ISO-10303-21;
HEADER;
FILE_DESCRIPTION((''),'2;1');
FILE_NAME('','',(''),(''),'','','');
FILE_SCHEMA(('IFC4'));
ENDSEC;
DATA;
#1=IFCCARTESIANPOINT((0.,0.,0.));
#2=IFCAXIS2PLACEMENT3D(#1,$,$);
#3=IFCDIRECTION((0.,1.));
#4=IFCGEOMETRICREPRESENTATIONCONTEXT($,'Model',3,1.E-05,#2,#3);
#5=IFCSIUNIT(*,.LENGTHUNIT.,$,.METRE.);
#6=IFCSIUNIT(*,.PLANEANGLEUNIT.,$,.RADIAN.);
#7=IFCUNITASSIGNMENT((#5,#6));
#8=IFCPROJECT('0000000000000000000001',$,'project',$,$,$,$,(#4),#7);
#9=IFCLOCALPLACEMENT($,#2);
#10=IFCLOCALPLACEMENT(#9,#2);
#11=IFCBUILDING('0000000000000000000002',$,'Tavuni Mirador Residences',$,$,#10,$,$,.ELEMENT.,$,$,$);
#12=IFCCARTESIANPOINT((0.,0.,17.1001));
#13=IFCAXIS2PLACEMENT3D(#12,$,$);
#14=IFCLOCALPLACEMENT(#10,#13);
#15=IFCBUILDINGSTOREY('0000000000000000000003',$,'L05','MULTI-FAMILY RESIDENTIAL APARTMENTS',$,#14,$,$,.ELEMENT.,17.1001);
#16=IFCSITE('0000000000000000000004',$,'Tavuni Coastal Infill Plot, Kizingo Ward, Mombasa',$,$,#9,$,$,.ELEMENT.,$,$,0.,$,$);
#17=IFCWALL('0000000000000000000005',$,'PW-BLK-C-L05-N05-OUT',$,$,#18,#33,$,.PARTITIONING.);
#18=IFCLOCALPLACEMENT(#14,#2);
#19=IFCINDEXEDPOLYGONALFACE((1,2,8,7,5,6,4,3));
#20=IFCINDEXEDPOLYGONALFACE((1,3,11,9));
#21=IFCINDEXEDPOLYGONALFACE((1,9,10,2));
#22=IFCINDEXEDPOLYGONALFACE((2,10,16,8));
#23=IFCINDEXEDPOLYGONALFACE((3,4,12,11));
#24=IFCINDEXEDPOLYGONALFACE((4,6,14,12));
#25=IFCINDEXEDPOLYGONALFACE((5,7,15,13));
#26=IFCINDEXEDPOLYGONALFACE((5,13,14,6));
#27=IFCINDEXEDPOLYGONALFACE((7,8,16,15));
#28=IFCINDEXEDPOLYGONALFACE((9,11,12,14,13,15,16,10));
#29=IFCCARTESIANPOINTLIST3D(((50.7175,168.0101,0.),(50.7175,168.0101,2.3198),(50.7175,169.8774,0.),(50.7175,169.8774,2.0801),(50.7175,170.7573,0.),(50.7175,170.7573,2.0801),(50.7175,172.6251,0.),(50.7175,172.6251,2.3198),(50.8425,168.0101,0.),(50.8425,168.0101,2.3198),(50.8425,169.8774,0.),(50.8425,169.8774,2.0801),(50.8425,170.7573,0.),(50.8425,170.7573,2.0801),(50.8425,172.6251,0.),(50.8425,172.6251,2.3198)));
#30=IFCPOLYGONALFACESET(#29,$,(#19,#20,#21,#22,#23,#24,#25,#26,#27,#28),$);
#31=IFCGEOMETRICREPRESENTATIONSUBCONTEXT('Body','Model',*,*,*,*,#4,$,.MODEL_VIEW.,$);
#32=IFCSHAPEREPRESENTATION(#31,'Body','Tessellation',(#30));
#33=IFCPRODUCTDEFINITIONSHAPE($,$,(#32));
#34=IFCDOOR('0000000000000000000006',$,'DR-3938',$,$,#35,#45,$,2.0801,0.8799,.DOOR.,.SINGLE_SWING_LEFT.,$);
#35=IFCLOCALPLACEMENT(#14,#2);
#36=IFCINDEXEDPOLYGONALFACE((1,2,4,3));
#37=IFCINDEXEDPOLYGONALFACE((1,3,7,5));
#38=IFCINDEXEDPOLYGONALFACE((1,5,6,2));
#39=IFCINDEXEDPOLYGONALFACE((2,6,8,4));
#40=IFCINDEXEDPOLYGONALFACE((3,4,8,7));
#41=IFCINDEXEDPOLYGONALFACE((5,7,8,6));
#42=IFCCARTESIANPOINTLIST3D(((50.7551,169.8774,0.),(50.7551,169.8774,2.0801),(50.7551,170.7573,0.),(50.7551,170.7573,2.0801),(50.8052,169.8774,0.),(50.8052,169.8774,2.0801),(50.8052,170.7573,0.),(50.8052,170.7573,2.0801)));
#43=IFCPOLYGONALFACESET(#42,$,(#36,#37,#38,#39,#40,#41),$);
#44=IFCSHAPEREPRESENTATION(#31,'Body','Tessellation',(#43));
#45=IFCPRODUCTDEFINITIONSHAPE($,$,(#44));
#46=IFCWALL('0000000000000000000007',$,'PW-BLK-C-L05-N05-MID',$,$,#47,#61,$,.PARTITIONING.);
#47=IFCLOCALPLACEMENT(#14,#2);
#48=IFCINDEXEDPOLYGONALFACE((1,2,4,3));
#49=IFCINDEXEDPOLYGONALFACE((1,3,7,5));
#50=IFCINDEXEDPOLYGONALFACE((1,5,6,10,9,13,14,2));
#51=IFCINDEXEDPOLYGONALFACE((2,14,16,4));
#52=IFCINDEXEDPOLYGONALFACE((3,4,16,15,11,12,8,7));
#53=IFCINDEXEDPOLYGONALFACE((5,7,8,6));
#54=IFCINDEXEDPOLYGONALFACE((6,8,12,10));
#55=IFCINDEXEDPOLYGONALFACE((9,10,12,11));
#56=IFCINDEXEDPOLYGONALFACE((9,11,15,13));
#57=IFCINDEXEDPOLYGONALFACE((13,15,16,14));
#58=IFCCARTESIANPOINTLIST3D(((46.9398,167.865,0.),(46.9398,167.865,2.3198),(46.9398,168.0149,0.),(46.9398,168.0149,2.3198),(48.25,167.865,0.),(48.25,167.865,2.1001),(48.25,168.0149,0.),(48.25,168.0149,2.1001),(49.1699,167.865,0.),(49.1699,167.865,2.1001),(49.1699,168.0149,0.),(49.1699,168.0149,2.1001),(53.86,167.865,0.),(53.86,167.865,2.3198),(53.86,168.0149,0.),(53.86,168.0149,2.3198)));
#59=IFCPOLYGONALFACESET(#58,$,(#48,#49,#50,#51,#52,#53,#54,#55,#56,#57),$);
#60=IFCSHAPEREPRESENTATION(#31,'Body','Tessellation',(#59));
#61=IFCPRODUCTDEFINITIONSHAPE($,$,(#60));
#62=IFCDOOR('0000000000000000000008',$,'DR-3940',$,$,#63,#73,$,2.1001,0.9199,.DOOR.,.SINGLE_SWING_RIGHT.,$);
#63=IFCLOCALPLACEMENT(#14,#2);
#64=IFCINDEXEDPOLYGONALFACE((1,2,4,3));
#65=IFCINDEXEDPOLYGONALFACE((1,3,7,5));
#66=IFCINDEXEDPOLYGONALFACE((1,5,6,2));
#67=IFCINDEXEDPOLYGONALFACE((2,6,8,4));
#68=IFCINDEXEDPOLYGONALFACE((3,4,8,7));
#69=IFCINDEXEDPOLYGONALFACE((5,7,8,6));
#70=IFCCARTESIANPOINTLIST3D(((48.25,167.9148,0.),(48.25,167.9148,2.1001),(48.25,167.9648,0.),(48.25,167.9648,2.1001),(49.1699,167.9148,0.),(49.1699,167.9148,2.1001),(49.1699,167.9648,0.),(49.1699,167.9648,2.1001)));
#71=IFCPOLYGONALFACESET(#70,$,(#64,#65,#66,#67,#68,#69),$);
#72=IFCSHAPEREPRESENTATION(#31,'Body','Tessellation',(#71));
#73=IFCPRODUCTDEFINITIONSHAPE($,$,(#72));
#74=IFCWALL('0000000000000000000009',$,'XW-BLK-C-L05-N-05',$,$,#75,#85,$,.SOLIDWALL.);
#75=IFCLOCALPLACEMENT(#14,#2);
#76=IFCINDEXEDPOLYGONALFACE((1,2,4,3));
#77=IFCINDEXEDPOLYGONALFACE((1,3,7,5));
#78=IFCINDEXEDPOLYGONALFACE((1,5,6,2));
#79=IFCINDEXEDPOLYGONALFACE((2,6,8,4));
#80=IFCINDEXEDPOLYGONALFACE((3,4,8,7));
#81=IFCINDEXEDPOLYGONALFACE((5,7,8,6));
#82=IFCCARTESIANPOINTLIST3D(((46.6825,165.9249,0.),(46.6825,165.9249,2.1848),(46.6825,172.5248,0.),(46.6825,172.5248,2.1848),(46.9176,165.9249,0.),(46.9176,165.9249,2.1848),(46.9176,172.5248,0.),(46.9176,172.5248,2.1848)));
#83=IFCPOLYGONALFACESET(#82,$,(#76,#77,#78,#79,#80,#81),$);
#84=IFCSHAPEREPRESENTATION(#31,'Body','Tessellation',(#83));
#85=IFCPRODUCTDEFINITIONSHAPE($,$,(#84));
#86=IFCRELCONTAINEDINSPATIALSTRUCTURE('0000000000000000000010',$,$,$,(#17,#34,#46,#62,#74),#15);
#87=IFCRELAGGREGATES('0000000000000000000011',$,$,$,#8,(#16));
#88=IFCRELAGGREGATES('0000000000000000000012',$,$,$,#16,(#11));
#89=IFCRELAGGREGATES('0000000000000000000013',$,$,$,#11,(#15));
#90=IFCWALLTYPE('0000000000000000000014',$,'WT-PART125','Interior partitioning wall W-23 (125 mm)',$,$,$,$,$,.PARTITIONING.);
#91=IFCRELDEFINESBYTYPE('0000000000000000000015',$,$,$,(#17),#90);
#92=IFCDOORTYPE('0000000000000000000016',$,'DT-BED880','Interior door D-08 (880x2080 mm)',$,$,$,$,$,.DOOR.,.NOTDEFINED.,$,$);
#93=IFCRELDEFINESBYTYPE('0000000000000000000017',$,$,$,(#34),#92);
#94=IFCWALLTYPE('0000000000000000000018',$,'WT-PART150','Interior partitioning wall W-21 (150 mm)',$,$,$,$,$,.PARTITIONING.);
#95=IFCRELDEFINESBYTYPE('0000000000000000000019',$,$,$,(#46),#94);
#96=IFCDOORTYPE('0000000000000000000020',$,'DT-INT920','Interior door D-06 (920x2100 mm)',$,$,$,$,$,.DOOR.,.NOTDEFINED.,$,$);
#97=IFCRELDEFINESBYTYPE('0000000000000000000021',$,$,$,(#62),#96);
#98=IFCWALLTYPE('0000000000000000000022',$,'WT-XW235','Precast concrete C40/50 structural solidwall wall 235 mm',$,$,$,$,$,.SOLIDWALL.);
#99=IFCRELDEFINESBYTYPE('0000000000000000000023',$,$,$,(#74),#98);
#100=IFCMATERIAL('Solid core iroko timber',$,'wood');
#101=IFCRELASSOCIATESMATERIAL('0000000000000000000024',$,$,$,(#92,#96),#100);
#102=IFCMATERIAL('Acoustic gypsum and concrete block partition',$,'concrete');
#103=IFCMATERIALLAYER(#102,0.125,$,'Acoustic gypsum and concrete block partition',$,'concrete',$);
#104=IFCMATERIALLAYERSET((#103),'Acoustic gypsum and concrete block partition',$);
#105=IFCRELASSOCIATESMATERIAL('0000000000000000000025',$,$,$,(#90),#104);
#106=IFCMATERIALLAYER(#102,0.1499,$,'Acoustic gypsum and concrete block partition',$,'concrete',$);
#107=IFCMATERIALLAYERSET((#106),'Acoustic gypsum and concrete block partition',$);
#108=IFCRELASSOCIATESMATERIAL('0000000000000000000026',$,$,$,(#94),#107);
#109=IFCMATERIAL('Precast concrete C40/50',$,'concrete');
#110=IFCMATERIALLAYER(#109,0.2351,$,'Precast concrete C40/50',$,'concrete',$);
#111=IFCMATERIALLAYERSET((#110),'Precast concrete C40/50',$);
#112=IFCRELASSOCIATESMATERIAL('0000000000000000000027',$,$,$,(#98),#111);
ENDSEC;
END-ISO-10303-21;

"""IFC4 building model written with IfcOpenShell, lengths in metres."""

from ifc_helpers import new_model, si_unit, direction, frame, frame_2d, origin, place, context, subcontext, project, spatial, rectangle, extrude, material, layer, layer_set, type_object, element, fill, save


model = new_model("IFC4")

# Units and contexts
model_context = context("Model", 3, precision=1e-05, world=origin(), true_north=direction((0.0, 1.0)))
body_context = subcontext(model_context, "Body", "Model", "MODEL_VIEW")
ifc_project = project(units=[si_unit("LENGTHUNIT", "METRE"), si_unit("PLANEANGLEUNIT", "RADIAN")], contexts=[model_context])

# Site, building, storey
site_placement = place(None, origin())
site = spatial("IfcSite", under=ifc_project, at=site_placement, Name="Tavuni Coastal Infill Plot, Kizingo Ward, Mombasa", CompositionType="ELEMENT", RefElevation=0.0)
building_placement = place(site_placement, origin())
building = spatial("IfcBuilding", under=site, at=building_placement, Name="Tavuni Mirador Residences", CompositionType="ELEMENT")
storey_placement = place(building_placement, frame((0.0, 0.0, 17.1001)))
storey = spatial("IfcBuildingStorey", under=building, at=storey_placement, Name="L05", Description="MULTI-FAMILY RESIDENTIAL APARTMENTS", CompositionType="ELEMENT", Elevation=17.1001)

# Shared definitions
ifc_material_1 = material(Name="Precast concrete C40/50", Category="concrete")

# Shared definitions
ifc_material_2 = material(Name="Solid core iroko timber", Category="wood")

# Shared definitions
ifc_material_3 = material(Name="Acoustic gypsum and concrete block partition", Category="concrete")

# Shared definitions
door_type_1 = type_object("IfcDoorType", Name="DT-BED880", Description="Interior door D-08 (880x2080 mm)", OperationType="NOTDEFINED", PredefinedType="DOOR", material=ifc_material_2)

# Walls, openings, doors
ifc_layer_1 = layer(ifc_material_3, 0.125, Name="Acoustic gypsum and concrete block partition", Category="concrete")
ifc_layer_set_1 = layer_set([ifc_layer_1], Name="Acoustic gypsum and concrete block partition")
wall_type_1 = type_object("IfcWallType", Name="WT-PART125", Description="Interior partitioning wall W-23 (125 mm)", PredefinedType="PARTITIONING", material=ifc_layer_set_1)
wall_1_placement = place(storey_placement, frame((50.78, 168.01, 0.0), z_axis=(0.0, 0.0, 1.0), x_axis=(0.0, 1.0, 0.0)))
wall_1 = element("IfcWall", 1, at=wall_1_placement, inside=storey, type_object=wall_type_1, Name="PW-BLK-C-L05-N05-OUT", PredefinedType="PARTITIONING", context=body_context, shape_type="SweptSolid", body=[
    extrude(rectangle(XDim=4.615, YDim=0.125, at=frame_2d((2.3076, 0.0))), origin(), (0.0, 0.0, 1.0), 2.3198),
])
opening_1_placement = place(wall_1_placement, frame((1.8674, 0.0, 0.0)))
opening_1 = element("IfcOpeningElement", 2, at=opening_1_placement, cuts=wall_1, PredefinedType="OPENING", context=body_context, shape_type="SweptSolid", body=[
    extrude(rectangle(XDim=0.8799, YDim=2.0801, at=frame_2d((0.4399, 1.04))), frame((0.0, 0.0725, 0.0), z_axis=(0.0, -1.0, 0.0), x_axis=(1.0, 0.0, 0.0)), (0.0, 0.0, 1.0), 0.145),
])
door_1_placement = place(opening_1_placement, origin())
door_1 = element("IfcDoor", 3, at=door_1_placement, inside=storey, type_object=door_type_1, Name="DR-3938", OperationType="SINGLE_SWING_LEFT", OverallHeight=2.0801, OverallWidth=0.8799, PredefinedType="DOOR", context=body_context, shape_type="SweptSolid", body=[
    extrude(rectangle(XDim=0.8799, YDim=2.0801, at=frame_2d((0.4399, 1.04))), frame((0.0, 0.0249, 0.0), z_axis=(0.0, -1.0, 0.0), x_axis=(1.0, 0.0, 0.0)), (0.0, 0.0, 1.0), 0.05),
])
fill(opening_1, door_1)
ifc_layer_2 = layer(ifc_material_3, 0.1499, Name="Acoustic gypsum and concrete block partition", Category="concrete")
ifc_layer_set_2 = layer_set([ifc_layer_2], Name="Acoustic gypsum and concrete block partition")
wall_type_2 = type_object("IfcWallType", Name="WT-PART150", Description="Interior partitioning wall W-21 (150 mm)", PredefinedType="PARTITIONING", material=ifc_layer_set_2)
wall_2_placement = place(storey_placement, frame((46.9399, 167.9399, 0.0), z_axis=(0.0, 0.0, 1.0), x_axis=(1.0, 0.0, 0.0)))
wall_2 = element("IfcWall", 4, at=wall_2_placement, inside=storey, type_object=wall_type_2, Name="PW-BLK-C-L05-N05-MID", PredefinedType="PARTITIONING", context=body_context, shape_type="SweptSolid", body=[
    extrude(rectangle(XDim=6.9202, YDim=0.1499, at=frame_2d((3.46, 0.0))), origin(), (0.0, 0.0, 1.0), 2.3198),
])
opening_2_placement = place(wall_2_placement, frame((1.3101, 0.0, 0.0)))
opening_2 = element("IfcOpeningElement", 5, at=opening_2_placement, cuts=wall_2, PredefinedType="OPENING", context=body_context, shape_type="SweptSolid", body=[
    extrude(rectangle(XDim=0.9199, YDim=2.1001, at=frame_2d((0.46, 1.05))), frame((0.0, 0.085, 0.0), z_axis=(0.0, -1.0, 0.0), x_axis=(1.0, 0.0, 0.0)), (0.0, 0.0, 1.0), 0.1699),
])
door_type_2 = type_object("IfcDoorType", Name="DT-INT920", Description="Interior door D-06 (920x2100 mm)", OperationType="NOTDEFINED", PredefinedType="DOOR", material=ifc_material_2)
door_2_placement = place(opening_2_placement, origin())
door_2 = element("IfcDoor", 6, at=door_2_placement, inside=storey, type_object=door_type_2, Name="DR-3940", OperationType="SINGLE_SWING_RIGHT", OverallHeight=2.1001, OverallWidth=0.9199, PredefinedType="DOOR", context=body_context, shape_type="SweptSolid", body=[
    extrude(rectangle(XDim=0.9199, YDim=2.1001, at=frame_2d((0.46, 1.05))), frame((0.0, 0.0249, 0.0), z_axis=(0.0, -1.0, 0.0), x_axis=(1.0, 0.0, 0.0)), (0.0, 0.0, 1.0), 0.05),
])
fill(opening_2, door_2)
ifc_layer_3 = layer(ifc_material_1, 0.2351, Name="Precast concrete C40/50", Category="concrete")
ifc_layer_set_3 = layer_set([ifc_layer_3], Name="Precast concrete C40/50")
wall_type_3 = type_object("IfcWallType", Name="WT-XW235", Description="Precast concrete C40/50 structural solidwall wall 235 mm", PredefinedType="SOLIDWALL", material=ifc_layer_set_3)

# Wall
wall_3_placement = place(storey_placement, frame((46.8, 165.925, 0.0), z_axis=(0.0, 0.0, 1.0), x_axis=(0.0, 1.0, 0.0)))
element("IfcWall", 7, at=wall_3_placement, inside=storey, type_object=wall_type_3, Name="XW-BLK-C-L05-N-05", PredefinedType="SOLIDWALL", context=body_context, shape_type="SweptSolid", body=[
    extrude(rectangle(XDim=6.5999, YDim=0.2351, at=frame_2d((3.2998, 0.0))), origin(), (0.0, 0.0, 1.0), 2.1848),
])

save(model, "model.ifc")
